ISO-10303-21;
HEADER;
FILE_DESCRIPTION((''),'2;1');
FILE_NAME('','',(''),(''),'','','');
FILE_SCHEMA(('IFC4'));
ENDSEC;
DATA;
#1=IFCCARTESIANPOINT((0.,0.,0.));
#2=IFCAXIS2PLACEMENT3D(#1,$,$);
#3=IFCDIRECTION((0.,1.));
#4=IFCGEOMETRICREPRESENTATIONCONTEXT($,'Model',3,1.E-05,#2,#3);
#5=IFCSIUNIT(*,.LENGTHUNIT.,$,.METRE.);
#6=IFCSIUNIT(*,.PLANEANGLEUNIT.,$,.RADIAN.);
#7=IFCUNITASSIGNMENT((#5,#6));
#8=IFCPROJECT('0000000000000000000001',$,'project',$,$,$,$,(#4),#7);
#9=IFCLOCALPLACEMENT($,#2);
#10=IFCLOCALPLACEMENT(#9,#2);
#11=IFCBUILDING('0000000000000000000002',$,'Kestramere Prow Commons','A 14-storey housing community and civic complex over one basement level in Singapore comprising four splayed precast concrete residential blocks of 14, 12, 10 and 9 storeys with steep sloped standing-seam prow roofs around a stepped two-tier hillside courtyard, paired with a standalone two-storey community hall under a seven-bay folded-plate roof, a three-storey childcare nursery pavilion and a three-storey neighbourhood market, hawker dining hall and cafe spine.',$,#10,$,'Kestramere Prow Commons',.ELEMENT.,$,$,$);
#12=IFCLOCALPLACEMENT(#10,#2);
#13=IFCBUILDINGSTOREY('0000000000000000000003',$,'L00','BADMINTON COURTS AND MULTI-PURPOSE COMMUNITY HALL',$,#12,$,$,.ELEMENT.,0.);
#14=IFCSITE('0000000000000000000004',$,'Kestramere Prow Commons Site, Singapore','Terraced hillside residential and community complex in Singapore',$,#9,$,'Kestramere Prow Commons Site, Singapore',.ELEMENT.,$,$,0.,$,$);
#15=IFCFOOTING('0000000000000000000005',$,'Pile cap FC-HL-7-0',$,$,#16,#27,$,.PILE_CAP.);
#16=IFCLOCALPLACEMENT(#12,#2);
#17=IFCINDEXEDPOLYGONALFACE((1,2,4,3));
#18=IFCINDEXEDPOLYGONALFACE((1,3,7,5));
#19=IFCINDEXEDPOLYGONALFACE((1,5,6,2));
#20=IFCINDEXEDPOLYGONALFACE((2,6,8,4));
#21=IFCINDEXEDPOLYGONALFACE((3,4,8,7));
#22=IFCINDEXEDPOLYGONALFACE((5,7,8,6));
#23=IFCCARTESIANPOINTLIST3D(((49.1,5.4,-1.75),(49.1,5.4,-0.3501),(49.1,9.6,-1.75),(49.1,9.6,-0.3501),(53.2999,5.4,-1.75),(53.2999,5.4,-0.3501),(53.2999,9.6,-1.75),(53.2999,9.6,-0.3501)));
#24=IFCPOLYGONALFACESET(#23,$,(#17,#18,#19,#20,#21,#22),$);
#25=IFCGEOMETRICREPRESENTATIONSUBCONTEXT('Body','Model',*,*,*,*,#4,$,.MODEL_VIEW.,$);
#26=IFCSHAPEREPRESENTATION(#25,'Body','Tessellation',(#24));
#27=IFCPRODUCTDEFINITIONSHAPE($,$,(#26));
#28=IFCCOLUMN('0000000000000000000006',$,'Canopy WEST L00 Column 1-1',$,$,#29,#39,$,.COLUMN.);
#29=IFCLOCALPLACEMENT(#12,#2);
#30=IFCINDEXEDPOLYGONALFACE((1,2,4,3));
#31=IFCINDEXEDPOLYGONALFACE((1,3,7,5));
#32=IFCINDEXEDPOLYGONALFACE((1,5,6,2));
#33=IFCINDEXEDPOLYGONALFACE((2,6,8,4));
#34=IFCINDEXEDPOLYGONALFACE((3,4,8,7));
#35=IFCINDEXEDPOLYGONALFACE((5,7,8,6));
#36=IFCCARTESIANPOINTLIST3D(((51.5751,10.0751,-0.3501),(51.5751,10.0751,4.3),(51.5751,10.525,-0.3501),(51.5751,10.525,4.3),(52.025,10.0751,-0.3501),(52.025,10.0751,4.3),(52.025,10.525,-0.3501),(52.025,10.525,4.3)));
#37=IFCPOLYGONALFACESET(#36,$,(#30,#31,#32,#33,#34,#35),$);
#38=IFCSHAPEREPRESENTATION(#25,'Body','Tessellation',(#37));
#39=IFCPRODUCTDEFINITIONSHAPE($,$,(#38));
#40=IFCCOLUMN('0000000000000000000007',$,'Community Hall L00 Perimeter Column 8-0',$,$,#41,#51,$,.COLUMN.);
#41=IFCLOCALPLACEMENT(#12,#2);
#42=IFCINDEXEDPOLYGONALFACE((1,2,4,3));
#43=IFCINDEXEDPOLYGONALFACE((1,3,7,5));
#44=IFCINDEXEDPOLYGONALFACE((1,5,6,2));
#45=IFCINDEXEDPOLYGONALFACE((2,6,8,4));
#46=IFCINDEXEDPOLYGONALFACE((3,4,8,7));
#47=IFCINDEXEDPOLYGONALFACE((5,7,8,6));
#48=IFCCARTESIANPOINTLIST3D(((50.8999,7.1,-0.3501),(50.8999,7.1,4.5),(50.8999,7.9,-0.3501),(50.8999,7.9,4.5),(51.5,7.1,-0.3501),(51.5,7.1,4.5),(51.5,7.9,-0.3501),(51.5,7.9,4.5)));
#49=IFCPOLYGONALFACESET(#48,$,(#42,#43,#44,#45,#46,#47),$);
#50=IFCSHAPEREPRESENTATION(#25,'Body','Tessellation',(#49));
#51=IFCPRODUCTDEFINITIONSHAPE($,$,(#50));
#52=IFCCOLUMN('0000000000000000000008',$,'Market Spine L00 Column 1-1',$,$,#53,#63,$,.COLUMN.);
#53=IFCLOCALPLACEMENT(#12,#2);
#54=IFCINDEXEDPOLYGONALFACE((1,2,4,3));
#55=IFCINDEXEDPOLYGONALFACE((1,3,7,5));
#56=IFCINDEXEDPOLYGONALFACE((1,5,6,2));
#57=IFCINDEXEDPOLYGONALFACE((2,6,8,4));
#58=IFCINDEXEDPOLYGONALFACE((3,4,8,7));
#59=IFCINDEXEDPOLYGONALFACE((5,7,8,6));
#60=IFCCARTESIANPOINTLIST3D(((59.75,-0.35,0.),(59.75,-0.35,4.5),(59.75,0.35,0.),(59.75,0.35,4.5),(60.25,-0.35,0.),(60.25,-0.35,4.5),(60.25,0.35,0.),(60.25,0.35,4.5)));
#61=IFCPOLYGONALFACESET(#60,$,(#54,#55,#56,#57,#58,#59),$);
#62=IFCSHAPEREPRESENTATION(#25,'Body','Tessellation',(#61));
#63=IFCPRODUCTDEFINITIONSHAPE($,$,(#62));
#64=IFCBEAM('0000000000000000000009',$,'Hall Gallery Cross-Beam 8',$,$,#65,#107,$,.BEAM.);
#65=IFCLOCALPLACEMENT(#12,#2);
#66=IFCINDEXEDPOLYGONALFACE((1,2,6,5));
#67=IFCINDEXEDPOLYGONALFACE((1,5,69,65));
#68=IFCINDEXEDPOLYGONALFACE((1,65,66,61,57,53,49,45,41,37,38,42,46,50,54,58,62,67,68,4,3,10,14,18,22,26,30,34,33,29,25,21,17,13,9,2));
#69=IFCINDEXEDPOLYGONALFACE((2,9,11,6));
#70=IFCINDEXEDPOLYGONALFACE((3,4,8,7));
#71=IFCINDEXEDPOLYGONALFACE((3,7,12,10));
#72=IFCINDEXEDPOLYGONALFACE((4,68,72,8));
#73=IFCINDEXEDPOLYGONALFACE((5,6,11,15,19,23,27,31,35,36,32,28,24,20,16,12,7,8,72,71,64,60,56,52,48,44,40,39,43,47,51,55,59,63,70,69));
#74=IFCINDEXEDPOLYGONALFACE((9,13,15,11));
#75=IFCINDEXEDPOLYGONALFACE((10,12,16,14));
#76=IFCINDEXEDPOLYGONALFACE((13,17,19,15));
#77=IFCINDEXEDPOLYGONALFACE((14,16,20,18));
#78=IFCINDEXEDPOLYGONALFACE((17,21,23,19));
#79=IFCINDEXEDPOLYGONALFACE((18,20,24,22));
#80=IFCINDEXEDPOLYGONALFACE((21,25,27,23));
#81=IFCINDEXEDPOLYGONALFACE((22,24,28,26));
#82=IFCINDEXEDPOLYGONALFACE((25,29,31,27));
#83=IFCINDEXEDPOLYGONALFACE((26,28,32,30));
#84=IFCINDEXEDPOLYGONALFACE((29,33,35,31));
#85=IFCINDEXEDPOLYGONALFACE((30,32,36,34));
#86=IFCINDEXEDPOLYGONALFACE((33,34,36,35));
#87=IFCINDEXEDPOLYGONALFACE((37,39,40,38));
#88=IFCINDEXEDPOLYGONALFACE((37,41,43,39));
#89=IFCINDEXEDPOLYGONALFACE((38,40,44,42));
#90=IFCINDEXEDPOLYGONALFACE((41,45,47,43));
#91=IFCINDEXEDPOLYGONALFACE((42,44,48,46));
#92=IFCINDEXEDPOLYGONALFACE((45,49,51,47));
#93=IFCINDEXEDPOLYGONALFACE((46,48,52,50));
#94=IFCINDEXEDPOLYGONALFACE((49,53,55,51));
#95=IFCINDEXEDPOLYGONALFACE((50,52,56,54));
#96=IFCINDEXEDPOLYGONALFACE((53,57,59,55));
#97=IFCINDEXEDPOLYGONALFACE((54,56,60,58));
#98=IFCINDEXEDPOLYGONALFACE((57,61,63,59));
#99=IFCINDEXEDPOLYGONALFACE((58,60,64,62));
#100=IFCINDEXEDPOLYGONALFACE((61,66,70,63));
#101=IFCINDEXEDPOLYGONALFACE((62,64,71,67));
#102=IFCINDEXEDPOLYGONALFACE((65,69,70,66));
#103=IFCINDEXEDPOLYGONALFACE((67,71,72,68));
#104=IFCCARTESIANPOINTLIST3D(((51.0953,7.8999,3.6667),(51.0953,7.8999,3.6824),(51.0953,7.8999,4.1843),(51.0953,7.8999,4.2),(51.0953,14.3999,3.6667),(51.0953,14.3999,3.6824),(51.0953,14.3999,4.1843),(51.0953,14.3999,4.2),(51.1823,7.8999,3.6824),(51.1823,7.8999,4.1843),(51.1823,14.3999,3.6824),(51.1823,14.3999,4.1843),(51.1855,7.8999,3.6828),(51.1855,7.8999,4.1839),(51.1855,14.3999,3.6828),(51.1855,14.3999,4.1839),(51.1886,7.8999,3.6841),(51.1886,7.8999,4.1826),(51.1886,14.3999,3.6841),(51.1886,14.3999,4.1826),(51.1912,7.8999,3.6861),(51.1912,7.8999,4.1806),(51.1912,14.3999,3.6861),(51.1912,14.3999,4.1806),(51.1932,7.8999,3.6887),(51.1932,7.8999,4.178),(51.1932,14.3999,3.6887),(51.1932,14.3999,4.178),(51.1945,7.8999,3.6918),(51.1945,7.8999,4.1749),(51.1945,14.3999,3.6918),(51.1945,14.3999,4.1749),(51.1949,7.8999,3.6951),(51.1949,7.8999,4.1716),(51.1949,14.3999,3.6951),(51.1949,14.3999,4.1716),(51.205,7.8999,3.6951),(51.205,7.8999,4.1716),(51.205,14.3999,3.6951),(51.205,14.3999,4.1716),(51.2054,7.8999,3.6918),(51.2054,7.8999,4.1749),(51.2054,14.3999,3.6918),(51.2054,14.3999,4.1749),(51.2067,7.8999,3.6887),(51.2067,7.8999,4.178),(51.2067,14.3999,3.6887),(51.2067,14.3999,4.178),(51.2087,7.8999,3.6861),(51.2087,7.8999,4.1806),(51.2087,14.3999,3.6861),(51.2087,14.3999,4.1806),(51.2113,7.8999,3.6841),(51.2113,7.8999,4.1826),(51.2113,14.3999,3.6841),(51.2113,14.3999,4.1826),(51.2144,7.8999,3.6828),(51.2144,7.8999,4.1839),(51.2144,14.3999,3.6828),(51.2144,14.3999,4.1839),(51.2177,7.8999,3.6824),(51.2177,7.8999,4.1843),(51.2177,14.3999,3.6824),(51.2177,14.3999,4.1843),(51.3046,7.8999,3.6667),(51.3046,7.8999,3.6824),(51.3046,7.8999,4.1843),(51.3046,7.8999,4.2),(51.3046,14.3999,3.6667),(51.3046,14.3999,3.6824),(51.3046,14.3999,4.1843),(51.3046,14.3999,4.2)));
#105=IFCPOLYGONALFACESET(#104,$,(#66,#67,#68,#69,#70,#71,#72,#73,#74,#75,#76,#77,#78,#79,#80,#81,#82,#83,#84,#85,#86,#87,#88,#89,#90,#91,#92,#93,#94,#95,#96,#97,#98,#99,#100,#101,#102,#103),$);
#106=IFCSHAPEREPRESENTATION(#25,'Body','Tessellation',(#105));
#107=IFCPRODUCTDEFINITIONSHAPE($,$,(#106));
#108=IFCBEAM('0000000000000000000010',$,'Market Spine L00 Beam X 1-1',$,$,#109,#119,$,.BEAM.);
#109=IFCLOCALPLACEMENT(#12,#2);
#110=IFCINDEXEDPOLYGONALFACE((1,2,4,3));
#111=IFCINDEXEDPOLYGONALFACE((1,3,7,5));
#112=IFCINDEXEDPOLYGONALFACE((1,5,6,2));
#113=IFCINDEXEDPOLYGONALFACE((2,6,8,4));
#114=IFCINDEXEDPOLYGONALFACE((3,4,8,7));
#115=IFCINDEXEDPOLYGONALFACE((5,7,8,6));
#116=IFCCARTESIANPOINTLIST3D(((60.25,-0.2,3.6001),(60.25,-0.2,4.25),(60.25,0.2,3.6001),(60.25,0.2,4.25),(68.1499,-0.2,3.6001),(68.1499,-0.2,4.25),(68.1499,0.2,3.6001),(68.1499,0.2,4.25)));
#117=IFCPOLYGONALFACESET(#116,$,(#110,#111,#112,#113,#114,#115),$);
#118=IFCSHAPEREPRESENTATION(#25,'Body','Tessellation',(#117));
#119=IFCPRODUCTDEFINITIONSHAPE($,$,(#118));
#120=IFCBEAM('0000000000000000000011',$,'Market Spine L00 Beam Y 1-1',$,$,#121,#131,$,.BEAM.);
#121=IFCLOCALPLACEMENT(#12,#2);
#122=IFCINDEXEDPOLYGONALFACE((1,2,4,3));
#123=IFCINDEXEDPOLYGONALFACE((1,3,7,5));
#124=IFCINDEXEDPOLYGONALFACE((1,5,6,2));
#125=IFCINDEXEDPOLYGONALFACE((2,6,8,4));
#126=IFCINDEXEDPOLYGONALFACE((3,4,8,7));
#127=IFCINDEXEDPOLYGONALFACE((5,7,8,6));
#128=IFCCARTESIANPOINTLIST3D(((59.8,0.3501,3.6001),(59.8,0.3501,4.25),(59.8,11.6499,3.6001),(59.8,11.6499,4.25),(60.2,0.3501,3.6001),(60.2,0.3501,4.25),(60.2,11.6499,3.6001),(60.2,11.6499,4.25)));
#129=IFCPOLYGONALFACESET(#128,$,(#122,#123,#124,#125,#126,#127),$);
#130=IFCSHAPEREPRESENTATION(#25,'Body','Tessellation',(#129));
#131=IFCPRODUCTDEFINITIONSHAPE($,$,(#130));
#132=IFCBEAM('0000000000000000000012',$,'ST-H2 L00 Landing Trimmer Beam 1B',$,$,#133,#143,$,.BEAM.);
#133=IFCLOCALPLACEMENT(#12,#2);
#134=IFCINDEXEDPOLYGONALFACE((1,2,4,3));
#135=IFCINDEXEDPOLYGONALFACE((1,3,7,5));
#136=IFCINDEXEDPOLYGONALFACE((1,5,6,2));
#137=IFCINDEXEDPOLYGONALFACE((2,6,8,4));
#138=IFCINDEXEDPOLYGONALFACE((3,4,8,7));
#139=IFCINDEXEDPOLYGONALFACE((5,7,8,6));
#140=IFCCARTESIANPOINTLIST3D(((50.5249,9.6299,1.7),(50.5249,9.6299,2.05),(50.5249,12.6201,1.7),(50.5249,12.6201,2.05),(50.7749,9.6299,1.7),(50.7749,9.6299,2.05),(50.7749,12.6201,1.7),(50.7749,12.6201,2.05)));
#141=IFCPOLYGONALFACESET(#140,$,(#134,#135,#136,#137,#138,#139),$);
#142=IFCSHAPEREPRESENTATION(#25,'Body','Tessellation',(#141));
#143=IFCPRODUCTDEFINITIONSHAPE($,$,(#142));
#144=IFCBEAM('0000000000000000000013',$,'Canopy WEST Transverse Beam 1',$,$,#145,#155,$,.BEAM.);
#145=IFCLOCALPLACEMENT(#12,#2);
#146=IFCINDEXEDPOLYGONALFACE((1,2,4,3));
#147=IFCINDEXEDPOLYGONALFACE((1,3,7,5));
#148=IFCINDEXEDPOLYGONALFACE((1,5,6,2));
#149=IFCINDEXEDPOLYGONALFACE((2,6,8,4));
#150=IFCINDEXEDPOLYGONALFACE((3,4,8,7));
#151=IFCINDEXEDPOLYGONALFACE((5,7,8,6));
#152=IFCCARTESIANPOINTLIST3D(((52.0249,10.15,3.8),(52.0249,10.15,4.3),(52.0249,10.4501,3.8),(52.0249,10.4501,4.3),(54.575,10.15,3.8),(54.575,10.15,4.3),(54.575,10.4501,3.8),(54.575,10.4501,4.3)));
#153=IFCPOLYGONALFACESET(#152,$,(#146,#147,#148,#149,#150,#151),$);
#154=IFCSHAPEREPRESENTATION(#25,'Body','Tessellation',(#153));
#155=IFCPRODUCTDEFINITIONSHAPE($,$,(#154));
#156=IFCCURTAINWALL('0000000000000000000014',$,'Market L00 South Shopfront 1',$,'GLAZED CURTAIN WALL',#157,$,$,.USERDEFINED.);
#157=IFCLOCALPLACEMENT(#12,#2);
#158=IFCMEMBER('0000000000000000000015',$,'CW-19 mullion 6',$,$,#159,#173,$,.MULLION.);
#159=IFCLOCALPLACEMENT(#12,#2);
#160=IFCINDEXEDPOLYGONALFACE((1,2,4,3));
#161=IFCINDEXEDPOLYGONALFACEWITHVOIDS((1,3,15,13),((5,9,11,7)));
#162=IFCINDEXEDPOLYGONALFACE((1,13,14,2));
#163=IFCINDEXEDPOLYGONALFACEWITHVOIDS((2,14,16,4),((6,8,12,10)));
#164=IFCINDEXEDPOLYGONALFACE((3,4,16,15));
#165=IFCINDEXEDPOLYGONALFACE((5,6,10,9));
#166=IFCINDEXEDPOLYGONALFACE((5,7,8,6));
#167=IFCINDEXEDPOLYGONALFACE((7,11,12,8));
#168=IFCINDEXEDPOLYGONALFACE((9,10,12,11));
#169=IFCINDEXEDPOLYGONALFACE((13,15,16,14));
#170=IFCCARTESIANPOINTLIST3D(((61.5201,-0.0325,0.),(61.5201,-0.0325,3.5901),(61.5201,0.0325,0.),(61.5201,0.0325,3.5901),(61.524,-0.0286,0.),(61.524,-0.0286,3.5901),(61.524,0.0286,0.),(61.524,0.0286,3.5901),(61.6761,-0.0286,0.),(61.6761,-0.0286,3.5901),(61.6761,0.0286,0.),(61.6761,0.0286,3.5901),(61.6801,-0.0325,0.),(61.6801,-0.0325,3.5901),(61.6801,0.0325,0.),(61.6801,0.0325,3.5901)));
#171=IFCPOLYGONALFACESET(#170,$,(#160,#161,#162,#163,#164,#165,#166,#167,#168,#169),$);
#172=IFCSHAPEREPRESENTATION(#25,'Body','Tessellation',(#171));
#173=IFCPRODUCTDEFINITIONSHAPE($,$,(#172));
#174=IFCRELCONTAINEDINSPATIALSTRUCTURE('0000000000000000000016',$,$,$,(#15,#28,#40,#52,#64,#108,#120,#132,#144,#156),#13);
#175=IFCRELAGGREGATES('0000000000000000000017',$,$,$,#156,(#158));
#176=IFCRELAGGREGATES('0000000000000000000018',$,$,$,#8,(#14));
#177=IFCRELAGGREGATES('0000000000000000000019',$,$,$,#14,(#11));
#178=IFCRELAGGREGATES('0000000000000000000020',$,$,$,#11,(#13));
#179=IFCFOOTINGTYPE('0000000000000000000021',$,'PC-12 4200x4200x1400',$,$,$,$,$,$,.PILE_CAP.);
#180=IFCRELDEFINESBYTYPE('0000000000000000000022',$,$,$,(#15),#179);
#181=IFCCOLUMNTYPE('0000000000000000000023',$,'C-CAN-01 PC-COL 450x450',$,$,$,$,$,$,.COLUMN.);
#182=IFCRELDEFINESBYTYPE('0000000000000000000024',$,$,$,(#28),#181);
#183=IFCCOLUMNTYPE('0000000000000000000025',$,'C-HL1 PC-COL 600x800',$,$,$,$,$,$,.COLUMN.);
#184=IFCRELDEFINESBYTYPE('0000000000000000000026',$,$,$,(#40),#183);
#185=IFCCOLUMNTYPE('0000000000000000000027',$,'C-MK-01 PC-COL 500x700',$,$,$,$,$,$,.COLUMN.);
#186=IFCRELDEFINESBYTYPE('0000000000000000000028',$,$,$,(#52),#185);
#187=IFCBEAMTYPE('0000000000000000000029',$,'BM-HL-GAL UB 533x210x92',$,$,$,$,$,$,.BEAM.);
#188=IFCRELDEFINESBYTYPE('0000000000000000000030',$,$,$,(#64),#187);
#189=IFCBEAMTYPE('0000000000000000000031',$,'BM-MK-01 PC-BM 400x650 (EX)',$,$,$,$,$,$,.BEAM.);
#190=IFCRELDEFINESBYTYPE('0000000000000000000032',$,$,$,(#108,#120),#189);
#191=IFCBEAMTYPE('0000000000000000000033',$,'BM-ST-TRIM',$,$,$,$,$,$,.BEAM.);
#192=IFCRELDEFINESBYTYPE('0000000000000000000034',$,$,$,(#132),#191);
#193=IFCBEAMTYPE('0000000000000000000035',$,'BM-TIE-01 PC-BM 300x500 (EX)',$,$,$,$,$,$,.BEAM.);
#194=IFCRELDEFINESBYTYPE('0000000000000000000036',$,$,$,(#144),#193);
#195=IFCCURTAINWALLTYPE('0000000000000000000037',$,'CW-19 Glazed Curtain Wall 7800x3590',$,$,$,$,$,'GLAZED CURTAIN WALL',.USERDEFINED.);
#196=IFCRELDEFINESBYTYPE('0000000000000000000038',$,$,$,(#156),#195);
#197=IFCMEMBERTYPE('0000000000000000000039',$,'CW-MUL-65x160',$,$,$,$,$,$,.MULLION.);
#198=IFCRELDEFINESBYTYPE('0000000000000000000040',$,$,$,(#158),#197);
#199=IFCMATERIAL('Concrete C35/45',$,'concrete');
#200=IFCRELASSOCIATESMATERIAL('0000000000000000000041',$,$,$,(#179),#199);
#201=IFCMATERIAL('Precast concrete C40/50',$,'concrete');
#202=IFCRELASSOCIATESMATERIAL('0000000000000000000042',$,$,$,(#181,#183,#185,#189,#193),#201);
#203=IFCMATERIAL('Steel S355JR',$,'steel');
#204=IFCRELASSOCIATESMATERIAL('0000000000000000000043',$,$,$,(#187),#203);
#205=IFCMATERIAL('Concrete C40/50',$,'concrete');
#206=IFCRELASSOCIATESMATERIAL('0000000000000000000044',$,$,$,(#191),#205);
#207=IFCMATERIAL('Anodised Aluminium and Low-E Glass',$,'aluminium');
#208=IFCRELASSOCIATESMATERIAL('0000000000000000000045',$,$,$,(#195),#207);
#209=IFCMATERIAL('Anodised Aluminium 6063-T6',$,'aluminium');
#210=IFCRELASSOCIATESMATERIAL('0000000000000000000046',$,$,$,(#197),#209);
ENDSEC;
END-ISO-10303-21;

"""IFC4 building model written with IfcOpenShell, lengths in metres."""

from ifc_helpers import new_model, si_unit, direction, frame, origin, origin_2d, place, context, subcontext, project, spatial, rectangle, hollow_rectangle, i_section, extrude, material, material_profile, profile_set, type_object, element, aggregate, save


model = new_model("IFC4")

# Units and contexts
model_context = context("Model", 3, precision=1e-05, world=origin(), true_north=direction((0.0, 1.0)))
body_context = subcontext(model_context, "Body", "Model", "MODEL_VIEW")
ifc_project = project(units=[si_unit("LENGTHUNIT", "METRE"), si_unit("PLANEANGLEUNIT", "RADIAN")], contexts=[model_context])

# Site, building, storey
site_placement = place(None, origin())
site = spatial("IfcSite", under=ifc_project, at=site_placement, Name="Kestramere Prow Commons Site, Singapore", Description="Terraced hillside residential and community complex in Singapore", LongName="Kestramere Prow Commons Site, Singapore", CompositionType="ELEMENT", RefElevation=0.0)
building_placement = place(site_placement, origin())
building = spatial("IfcBuilding", under=site, at=building_placement, Name="Kestramere Prow Commons", Description="A 14-storey housing community and civic complex over one basement level in Singapore comprising four splayed precast concrete residential blocks of 14, 12, 10 and 9 storeys with steep sloped standing-seam prow roofs around a stepped two-tier hillside courtyard, paired with a standalone two-storey community hall under a seven-bay folded-plate roof, a three-storey childcare nursery pavilion and a three-storey neighbourhood market, hawker dining hall and cafe spine.", LongName="Kestramere Prow Commons", CompositionType="ELEMENT")
storey_placement = place(building_placement, origin())
storey = spatial("IfcBuildingStorey", under=building, at=storey_placement, Name="L00", Description="BADMINTON COURTS AND MULTI-PURPOSE COMMUNITY HALL", CompositionType="ELEMENT", Elevation=0.0)

# Shared definitions
ifc_material_1 = material(Name="Concrete C35/45", Category="concrete")

# Footing
footing_type_1 = type_object("IfcFootingType", Name="PC-12 4200x4200x1400", PredefinedType="PILE_CAP", material=ifc_material_1)
footing_placement = place(storey_placement, frame((51.2, 7.5, -1.75), z_axis=(0.0, 0.0, 1.0), x_axis=(1.0, 0.0, 0.0)))
element("IfcFooting", 1, at=footing_placement, inside=storey, type_object=footing_type_1, Name="Pile cap FC-HL-7-0", PredefinedType="PILE_CAP", context=body_context, shape_type="SweptSolid", body=[
    extrude(rectangle(XDim=4.2, YDim=4.2, at=origin_2d()), origin(), (0.0, 0.0, 1.0), 1.3999),
])

# Columns
ifc_material_2 = material(Name="Precast concrete C40/50", Category="concrete")
ifc_material_profile_1 = material_profile(ifc_material_2, rectangle(XDim=0.45, YDim=0.45, at=origin_2d()), Name="PC-COL 450x450")
ifc_profile_set_1 = profile_set([ifc_material_profile_1], Name="Precast concrete C40/50")
column_type_1 = type_object("IfcColumnType", Name="C-CAN-01 PC-COL 450x450", PredefinedType="COLUMN", material=ifc_profile_set_1)
column_1_placement = place(storey_placement, frame((51.8, 10.3, -0.3501), z_axis=(0.0, 0.0, 1.0), x_axis=(1.0, 0.0, 0.0)))
element("IfcColumn", 2, at=column_1_placement, inside=storey, type_object=column_type_1, Name="Canopy WEST L00 Column 1-1", PredefinedType="COLUMN", context=body_context, shape_type="SweptSolid", body=[
    extrude(rectangle(XDim=0.45, YDim=0.45, at=origin_2d()), origin(), (0.0, 0.0, 1.0), 4.6501),
])
ifc_material_profile_2 = material_profile(ifc_material_2, rectangle(XDim=0.6001, YDim=0.8, at=origin_2d()), Name="PC-COL 600x800")
ifc_profile_set_2 = profile_set([ifc_material_profile_2], Name="Precast concrete C40/50")
column_type_2 = type_object("IfcColumnType", Name="C-HL1 PC-COL 600x800", PredefinedType="COLUMN", material=ifc_profile_set_2)
column_2_placement = place(storey_placement, frame((51.2, 7.5, -0.3501), z_axis=(0.0, 0.0, 1.0), x_axis=(1.0, 0.0, 0.0)))
element("IfcColumn", 3, at=column_2_placement, inside=storey, type_object=column_type_2, Name="Community Hall L00 Perimeter Column 8-0", PredefinedType="COLUMN", context=body_context, shape_type="SweptSolid", body=[
    extrude(rectangle(XDim=0.6001, YDim=0.8, at=origin_2d()), origin(), (0.0, 0.0, 1.0), 4.8501),
])
ifc_material_profile_3 = material_profile(ifc_material_2, rectangle(XDim=0.5, YDim=0.7, at=origin_2d()), Name="PC-COL 500x700")
ifc_profile_set_3 = profile_set([ifc_material_profile_3], Name="Precast concrete C40/50")
column_type_3 = type_object("IfcColumnType", Name="C-MK-01 PC-COL 500x700", PredefinedType="COLUMN", material=ifc_profile_set_3)
column_3_placement = place(storey_placement, frame((60.0, 0.0, 0.0), z_axis=(0.0, 0.0, 1.0), x_axis=(1.0, 0.0, 0.0)))
element("IfcColumn", 4, at=column_3_placement, inside=storey, type_object=column_type_3, Name="Market Spine L00 Column 1-1", PredefinedType="COLUMN", context=body_context, shape_type="SweptSolid", body=[
    extrude(rectangle(XDim=0.5, YDim=0.7, at=origin_2d()), origin(), (0.0, 0.0, 1.0), 4.5),
])

# Beams
ifc_material_3 = material(Name="Steel S355JR", Category="steel")
ifc_material_profile_4 = material_profile(ifc_material_3, i_section(OverallWidth=0.2092, OverallDepth=0.5332, WebThickness=0.01, FlangeThickness=0.0156, FilletRadius=0.0127, at=origin_2d()), Name="UB 533x210x92")
ifc_profile_set_4 = profile_set([ifc_material_profile_4], Name="Steel S355JR")
beam_type_1 = type_object("IfcBeamType", Name="BM-HL-GAL UB 533x210x92", PredefinedType="BEAM", material=ifc_profile_set_4)
beam_1_placement = place(storey_placement, frame((51.2, 7.8999, 3.9333), z_axis=(0.0, 1.0, 0.0), x_axis=(-1.0, 0.0, 0.0)))
element("IfcBeam", 5, at=beam_1_placement, inside=storey, type_object=beam_type_1, Name="Hall Gallery Cross-Beam 8", PredefinedType="BEAM", context=body_context, shape_type="SweptSolid", body=[
    extrude(i_section(OverallWidth=0.2092, OverallDepth=0.5332, WebThickness=0.01, FlangeThickness=0.0156, FilletRadius=0.0127, at=origin_2d()), origin(), (0.0, 0.0, 1.0), 6.5),
])
ifc_material_profile_5 = material_profile(ifc_material_2, rectangle(XDim=0.3999, YDim=0.6499, at=origin_2d()), Name="PC-BM 400x650")
ifc_profile_set_5 = profile_set([ifc_material_profile_5], Name="Precast concrete C40/50")
beam_type_2 = type_object("IfcBeamType", Name="BM-MK-01 PC-BM 400x650 (EX)", PredefinedType="BEAM", material=ifc_profile_set_5)
beam_2_placement = place(storey_placement, frame((60.25, 0.0, 3.925), z_axis=(1.0, 0.0, 0.0), x_axis=(0.0, 1.0, 0.0)))
element("IfcBeam", 6, at=beam_2_placement, inside=storey, type_object=beam_type_2, Name="Market Spine L00 Beam X 1-1", PredefinedType="BEAM", context=body_context, shape_type="SweptSolid", body=[
    extrude(rectangle(XDim=0.3999, YDim=0.6499, at=origin_2d()), origin(), (0.0, 0.0, 1.0), 7.8999),
])
beam_3_placement = place(storey_placement, frame((60.0, 0.3501, 3.925), z_axis=(0.0, 1.0, 0.0), x_axis=(-1.0, 0.0, 0.0)))
element("IfcBeam", 7, at=beam_3_placement, inside=storey, type_object=beam_type_2, Name="Market Spine L00 Beam Y 1-1", PredefinedType="BEAM", context=body_context, shape_type="SweptSolid", body=[
    extrude(rectangle(XDim=0.3999, YDim=0.6499, at=origin_2d()), origin(), (0.0, 0.0, 1.0), 11.2998),
])
ifc_material_4 = material(Name="Concrete C40/50", Category="concrete")
ifc_material_profile_6 = material_profile(ifc_material_4, rectangle(XDim=0.25, YDim=0.3501, at=origin_2d()), Name="PC-BM 250x350")
ifc_profile_set_6 = profile_set([ifc_material_profile_6], Name="Concrete C40/50")
beam_type_3 = type_object("IfcBeamType", Name="BM-ST-TRIM", PredefinedType="BEAM", material=ifc_profile_set_6)
beam_4_placement = place(storey_placement, frame((50.6499, 9.6299, 1.875), z_axis=(0.0, 1.0, 0.0), x_axis=(-1.0, 0.0, 0.0)))
element("IfcBeam", 8, at=beam_4_placement, inside=storey, type_object=beam_type_3, Name="ST-H2 L00 Landing Trimmer Beam 1B", PredefinedType="BEAM", context=body_context, shape_type="SweptSolid", body=[
    extrude(rectangle(XDim=0.25, YDim=0.3501, at=origin_2d()), origin(), (0.0, 0.0, 1.0), 2.9902),
])
ifc_material_profile_7 = material_profile(ifc_material_2, rectangle(XDim=0.3, YDim=0.5, at=origin_2d()), Name="PC-BM 300x500")
ifc_profile_set_7 = profile_set([ifc_material_profile_7], Name="Precast concrete C40/50")
beam_type_4 = type_object("IfcBeamType", Name="BM-TIE-01 PC-BM 300x500 (EX)", PredefinedType="BEAM", material=ifc_profile_set_7)
beam_5_placement = place(storey_placement, frame((52.0249, 10.3, 4.05), z_axis=(1.0, 0.0, 0.0), x_axis=(0.0, 1.0, 0.0)))
element("IfcBeam", 9, at=beam_5_placement, inside=storey, type_object=beam_type_4, Name="Canopy WEST Transverse Beam 1", PredefinedType="BEAM", context=body_context, shape_type="SweptSolid", body=[
    extrude(rectangle(XDim=0.3, YDim=0.5, at=origin_2d()), origin(), (0.0, 0.0, 1.0), 2.55),
])

# Curtain wall, member
ifc_material_5 = material(Name="Anodised Aluminium and Low-E Glass", Category="aluminium")
curtain_wall_type = type_object("IfcCurtainWallType", Name="CW-19 Glazed Curtain Wall 7800x3590", ElementType="GLAZED CURTAIN WALL", PredefinedType="USERDEFINED", material=ifc_material_5)
curtain_wall_placement = place(storey_placement, origin())
curtain_wall = element("IfcCurtainWall", 10, at=curtain_wall_placement, inside=storey, type_object=curtain_wall_type, Name="Market L00 South Shopfront 1", ObjectType="GLAZED CURTAIN WALL", PredefinedType="USERDEFINED")
ifc_material_6 = material(Name="Anodised Aluminium 6063-T6", Category="aluminium")
ifc_material_profile_8 = material_profile(ifc_material_6, hollow_rectangle(XDim=0.0649, YDim=0.1599, WallThickness=0.0039, at=origin_2d()), Name="ALU-MUL 65x160")
ifc_profile_set_8 = profile_set([ifc_material_profile_8], Name="Anodised Aluminium 6063-T6")
member_type_1 = type_object("IfcMemberType", Name="CW-MUL-65x160", PredefinedType="MULLION", material=ifc_profile_set_8)
member_1_placement = place(storey_placement, frame((61.6001, 0.0, 0.0), z_axis=(0.0, 0.0, 1.0), x_axis=(0.0, -1.0, 0.0)))
member_1 = element("IfcMember", 11, at=member_1_placement, type_object=member_type_1, Name="CW-19 mullion 6", PredefinedType="MULLION", context=body_context, shape_type="SweptSolid", body=[
    extrude(hollow_rectangle(XDim=0.0649, YDim=0.1599, WallThickness=0.0039, at=origin_2d()), origin(), (0.0, 0.0, 1.0), 3.5901),
])
aggregate(curtain_wall, [member_1])

save(model, "model.ifc")
